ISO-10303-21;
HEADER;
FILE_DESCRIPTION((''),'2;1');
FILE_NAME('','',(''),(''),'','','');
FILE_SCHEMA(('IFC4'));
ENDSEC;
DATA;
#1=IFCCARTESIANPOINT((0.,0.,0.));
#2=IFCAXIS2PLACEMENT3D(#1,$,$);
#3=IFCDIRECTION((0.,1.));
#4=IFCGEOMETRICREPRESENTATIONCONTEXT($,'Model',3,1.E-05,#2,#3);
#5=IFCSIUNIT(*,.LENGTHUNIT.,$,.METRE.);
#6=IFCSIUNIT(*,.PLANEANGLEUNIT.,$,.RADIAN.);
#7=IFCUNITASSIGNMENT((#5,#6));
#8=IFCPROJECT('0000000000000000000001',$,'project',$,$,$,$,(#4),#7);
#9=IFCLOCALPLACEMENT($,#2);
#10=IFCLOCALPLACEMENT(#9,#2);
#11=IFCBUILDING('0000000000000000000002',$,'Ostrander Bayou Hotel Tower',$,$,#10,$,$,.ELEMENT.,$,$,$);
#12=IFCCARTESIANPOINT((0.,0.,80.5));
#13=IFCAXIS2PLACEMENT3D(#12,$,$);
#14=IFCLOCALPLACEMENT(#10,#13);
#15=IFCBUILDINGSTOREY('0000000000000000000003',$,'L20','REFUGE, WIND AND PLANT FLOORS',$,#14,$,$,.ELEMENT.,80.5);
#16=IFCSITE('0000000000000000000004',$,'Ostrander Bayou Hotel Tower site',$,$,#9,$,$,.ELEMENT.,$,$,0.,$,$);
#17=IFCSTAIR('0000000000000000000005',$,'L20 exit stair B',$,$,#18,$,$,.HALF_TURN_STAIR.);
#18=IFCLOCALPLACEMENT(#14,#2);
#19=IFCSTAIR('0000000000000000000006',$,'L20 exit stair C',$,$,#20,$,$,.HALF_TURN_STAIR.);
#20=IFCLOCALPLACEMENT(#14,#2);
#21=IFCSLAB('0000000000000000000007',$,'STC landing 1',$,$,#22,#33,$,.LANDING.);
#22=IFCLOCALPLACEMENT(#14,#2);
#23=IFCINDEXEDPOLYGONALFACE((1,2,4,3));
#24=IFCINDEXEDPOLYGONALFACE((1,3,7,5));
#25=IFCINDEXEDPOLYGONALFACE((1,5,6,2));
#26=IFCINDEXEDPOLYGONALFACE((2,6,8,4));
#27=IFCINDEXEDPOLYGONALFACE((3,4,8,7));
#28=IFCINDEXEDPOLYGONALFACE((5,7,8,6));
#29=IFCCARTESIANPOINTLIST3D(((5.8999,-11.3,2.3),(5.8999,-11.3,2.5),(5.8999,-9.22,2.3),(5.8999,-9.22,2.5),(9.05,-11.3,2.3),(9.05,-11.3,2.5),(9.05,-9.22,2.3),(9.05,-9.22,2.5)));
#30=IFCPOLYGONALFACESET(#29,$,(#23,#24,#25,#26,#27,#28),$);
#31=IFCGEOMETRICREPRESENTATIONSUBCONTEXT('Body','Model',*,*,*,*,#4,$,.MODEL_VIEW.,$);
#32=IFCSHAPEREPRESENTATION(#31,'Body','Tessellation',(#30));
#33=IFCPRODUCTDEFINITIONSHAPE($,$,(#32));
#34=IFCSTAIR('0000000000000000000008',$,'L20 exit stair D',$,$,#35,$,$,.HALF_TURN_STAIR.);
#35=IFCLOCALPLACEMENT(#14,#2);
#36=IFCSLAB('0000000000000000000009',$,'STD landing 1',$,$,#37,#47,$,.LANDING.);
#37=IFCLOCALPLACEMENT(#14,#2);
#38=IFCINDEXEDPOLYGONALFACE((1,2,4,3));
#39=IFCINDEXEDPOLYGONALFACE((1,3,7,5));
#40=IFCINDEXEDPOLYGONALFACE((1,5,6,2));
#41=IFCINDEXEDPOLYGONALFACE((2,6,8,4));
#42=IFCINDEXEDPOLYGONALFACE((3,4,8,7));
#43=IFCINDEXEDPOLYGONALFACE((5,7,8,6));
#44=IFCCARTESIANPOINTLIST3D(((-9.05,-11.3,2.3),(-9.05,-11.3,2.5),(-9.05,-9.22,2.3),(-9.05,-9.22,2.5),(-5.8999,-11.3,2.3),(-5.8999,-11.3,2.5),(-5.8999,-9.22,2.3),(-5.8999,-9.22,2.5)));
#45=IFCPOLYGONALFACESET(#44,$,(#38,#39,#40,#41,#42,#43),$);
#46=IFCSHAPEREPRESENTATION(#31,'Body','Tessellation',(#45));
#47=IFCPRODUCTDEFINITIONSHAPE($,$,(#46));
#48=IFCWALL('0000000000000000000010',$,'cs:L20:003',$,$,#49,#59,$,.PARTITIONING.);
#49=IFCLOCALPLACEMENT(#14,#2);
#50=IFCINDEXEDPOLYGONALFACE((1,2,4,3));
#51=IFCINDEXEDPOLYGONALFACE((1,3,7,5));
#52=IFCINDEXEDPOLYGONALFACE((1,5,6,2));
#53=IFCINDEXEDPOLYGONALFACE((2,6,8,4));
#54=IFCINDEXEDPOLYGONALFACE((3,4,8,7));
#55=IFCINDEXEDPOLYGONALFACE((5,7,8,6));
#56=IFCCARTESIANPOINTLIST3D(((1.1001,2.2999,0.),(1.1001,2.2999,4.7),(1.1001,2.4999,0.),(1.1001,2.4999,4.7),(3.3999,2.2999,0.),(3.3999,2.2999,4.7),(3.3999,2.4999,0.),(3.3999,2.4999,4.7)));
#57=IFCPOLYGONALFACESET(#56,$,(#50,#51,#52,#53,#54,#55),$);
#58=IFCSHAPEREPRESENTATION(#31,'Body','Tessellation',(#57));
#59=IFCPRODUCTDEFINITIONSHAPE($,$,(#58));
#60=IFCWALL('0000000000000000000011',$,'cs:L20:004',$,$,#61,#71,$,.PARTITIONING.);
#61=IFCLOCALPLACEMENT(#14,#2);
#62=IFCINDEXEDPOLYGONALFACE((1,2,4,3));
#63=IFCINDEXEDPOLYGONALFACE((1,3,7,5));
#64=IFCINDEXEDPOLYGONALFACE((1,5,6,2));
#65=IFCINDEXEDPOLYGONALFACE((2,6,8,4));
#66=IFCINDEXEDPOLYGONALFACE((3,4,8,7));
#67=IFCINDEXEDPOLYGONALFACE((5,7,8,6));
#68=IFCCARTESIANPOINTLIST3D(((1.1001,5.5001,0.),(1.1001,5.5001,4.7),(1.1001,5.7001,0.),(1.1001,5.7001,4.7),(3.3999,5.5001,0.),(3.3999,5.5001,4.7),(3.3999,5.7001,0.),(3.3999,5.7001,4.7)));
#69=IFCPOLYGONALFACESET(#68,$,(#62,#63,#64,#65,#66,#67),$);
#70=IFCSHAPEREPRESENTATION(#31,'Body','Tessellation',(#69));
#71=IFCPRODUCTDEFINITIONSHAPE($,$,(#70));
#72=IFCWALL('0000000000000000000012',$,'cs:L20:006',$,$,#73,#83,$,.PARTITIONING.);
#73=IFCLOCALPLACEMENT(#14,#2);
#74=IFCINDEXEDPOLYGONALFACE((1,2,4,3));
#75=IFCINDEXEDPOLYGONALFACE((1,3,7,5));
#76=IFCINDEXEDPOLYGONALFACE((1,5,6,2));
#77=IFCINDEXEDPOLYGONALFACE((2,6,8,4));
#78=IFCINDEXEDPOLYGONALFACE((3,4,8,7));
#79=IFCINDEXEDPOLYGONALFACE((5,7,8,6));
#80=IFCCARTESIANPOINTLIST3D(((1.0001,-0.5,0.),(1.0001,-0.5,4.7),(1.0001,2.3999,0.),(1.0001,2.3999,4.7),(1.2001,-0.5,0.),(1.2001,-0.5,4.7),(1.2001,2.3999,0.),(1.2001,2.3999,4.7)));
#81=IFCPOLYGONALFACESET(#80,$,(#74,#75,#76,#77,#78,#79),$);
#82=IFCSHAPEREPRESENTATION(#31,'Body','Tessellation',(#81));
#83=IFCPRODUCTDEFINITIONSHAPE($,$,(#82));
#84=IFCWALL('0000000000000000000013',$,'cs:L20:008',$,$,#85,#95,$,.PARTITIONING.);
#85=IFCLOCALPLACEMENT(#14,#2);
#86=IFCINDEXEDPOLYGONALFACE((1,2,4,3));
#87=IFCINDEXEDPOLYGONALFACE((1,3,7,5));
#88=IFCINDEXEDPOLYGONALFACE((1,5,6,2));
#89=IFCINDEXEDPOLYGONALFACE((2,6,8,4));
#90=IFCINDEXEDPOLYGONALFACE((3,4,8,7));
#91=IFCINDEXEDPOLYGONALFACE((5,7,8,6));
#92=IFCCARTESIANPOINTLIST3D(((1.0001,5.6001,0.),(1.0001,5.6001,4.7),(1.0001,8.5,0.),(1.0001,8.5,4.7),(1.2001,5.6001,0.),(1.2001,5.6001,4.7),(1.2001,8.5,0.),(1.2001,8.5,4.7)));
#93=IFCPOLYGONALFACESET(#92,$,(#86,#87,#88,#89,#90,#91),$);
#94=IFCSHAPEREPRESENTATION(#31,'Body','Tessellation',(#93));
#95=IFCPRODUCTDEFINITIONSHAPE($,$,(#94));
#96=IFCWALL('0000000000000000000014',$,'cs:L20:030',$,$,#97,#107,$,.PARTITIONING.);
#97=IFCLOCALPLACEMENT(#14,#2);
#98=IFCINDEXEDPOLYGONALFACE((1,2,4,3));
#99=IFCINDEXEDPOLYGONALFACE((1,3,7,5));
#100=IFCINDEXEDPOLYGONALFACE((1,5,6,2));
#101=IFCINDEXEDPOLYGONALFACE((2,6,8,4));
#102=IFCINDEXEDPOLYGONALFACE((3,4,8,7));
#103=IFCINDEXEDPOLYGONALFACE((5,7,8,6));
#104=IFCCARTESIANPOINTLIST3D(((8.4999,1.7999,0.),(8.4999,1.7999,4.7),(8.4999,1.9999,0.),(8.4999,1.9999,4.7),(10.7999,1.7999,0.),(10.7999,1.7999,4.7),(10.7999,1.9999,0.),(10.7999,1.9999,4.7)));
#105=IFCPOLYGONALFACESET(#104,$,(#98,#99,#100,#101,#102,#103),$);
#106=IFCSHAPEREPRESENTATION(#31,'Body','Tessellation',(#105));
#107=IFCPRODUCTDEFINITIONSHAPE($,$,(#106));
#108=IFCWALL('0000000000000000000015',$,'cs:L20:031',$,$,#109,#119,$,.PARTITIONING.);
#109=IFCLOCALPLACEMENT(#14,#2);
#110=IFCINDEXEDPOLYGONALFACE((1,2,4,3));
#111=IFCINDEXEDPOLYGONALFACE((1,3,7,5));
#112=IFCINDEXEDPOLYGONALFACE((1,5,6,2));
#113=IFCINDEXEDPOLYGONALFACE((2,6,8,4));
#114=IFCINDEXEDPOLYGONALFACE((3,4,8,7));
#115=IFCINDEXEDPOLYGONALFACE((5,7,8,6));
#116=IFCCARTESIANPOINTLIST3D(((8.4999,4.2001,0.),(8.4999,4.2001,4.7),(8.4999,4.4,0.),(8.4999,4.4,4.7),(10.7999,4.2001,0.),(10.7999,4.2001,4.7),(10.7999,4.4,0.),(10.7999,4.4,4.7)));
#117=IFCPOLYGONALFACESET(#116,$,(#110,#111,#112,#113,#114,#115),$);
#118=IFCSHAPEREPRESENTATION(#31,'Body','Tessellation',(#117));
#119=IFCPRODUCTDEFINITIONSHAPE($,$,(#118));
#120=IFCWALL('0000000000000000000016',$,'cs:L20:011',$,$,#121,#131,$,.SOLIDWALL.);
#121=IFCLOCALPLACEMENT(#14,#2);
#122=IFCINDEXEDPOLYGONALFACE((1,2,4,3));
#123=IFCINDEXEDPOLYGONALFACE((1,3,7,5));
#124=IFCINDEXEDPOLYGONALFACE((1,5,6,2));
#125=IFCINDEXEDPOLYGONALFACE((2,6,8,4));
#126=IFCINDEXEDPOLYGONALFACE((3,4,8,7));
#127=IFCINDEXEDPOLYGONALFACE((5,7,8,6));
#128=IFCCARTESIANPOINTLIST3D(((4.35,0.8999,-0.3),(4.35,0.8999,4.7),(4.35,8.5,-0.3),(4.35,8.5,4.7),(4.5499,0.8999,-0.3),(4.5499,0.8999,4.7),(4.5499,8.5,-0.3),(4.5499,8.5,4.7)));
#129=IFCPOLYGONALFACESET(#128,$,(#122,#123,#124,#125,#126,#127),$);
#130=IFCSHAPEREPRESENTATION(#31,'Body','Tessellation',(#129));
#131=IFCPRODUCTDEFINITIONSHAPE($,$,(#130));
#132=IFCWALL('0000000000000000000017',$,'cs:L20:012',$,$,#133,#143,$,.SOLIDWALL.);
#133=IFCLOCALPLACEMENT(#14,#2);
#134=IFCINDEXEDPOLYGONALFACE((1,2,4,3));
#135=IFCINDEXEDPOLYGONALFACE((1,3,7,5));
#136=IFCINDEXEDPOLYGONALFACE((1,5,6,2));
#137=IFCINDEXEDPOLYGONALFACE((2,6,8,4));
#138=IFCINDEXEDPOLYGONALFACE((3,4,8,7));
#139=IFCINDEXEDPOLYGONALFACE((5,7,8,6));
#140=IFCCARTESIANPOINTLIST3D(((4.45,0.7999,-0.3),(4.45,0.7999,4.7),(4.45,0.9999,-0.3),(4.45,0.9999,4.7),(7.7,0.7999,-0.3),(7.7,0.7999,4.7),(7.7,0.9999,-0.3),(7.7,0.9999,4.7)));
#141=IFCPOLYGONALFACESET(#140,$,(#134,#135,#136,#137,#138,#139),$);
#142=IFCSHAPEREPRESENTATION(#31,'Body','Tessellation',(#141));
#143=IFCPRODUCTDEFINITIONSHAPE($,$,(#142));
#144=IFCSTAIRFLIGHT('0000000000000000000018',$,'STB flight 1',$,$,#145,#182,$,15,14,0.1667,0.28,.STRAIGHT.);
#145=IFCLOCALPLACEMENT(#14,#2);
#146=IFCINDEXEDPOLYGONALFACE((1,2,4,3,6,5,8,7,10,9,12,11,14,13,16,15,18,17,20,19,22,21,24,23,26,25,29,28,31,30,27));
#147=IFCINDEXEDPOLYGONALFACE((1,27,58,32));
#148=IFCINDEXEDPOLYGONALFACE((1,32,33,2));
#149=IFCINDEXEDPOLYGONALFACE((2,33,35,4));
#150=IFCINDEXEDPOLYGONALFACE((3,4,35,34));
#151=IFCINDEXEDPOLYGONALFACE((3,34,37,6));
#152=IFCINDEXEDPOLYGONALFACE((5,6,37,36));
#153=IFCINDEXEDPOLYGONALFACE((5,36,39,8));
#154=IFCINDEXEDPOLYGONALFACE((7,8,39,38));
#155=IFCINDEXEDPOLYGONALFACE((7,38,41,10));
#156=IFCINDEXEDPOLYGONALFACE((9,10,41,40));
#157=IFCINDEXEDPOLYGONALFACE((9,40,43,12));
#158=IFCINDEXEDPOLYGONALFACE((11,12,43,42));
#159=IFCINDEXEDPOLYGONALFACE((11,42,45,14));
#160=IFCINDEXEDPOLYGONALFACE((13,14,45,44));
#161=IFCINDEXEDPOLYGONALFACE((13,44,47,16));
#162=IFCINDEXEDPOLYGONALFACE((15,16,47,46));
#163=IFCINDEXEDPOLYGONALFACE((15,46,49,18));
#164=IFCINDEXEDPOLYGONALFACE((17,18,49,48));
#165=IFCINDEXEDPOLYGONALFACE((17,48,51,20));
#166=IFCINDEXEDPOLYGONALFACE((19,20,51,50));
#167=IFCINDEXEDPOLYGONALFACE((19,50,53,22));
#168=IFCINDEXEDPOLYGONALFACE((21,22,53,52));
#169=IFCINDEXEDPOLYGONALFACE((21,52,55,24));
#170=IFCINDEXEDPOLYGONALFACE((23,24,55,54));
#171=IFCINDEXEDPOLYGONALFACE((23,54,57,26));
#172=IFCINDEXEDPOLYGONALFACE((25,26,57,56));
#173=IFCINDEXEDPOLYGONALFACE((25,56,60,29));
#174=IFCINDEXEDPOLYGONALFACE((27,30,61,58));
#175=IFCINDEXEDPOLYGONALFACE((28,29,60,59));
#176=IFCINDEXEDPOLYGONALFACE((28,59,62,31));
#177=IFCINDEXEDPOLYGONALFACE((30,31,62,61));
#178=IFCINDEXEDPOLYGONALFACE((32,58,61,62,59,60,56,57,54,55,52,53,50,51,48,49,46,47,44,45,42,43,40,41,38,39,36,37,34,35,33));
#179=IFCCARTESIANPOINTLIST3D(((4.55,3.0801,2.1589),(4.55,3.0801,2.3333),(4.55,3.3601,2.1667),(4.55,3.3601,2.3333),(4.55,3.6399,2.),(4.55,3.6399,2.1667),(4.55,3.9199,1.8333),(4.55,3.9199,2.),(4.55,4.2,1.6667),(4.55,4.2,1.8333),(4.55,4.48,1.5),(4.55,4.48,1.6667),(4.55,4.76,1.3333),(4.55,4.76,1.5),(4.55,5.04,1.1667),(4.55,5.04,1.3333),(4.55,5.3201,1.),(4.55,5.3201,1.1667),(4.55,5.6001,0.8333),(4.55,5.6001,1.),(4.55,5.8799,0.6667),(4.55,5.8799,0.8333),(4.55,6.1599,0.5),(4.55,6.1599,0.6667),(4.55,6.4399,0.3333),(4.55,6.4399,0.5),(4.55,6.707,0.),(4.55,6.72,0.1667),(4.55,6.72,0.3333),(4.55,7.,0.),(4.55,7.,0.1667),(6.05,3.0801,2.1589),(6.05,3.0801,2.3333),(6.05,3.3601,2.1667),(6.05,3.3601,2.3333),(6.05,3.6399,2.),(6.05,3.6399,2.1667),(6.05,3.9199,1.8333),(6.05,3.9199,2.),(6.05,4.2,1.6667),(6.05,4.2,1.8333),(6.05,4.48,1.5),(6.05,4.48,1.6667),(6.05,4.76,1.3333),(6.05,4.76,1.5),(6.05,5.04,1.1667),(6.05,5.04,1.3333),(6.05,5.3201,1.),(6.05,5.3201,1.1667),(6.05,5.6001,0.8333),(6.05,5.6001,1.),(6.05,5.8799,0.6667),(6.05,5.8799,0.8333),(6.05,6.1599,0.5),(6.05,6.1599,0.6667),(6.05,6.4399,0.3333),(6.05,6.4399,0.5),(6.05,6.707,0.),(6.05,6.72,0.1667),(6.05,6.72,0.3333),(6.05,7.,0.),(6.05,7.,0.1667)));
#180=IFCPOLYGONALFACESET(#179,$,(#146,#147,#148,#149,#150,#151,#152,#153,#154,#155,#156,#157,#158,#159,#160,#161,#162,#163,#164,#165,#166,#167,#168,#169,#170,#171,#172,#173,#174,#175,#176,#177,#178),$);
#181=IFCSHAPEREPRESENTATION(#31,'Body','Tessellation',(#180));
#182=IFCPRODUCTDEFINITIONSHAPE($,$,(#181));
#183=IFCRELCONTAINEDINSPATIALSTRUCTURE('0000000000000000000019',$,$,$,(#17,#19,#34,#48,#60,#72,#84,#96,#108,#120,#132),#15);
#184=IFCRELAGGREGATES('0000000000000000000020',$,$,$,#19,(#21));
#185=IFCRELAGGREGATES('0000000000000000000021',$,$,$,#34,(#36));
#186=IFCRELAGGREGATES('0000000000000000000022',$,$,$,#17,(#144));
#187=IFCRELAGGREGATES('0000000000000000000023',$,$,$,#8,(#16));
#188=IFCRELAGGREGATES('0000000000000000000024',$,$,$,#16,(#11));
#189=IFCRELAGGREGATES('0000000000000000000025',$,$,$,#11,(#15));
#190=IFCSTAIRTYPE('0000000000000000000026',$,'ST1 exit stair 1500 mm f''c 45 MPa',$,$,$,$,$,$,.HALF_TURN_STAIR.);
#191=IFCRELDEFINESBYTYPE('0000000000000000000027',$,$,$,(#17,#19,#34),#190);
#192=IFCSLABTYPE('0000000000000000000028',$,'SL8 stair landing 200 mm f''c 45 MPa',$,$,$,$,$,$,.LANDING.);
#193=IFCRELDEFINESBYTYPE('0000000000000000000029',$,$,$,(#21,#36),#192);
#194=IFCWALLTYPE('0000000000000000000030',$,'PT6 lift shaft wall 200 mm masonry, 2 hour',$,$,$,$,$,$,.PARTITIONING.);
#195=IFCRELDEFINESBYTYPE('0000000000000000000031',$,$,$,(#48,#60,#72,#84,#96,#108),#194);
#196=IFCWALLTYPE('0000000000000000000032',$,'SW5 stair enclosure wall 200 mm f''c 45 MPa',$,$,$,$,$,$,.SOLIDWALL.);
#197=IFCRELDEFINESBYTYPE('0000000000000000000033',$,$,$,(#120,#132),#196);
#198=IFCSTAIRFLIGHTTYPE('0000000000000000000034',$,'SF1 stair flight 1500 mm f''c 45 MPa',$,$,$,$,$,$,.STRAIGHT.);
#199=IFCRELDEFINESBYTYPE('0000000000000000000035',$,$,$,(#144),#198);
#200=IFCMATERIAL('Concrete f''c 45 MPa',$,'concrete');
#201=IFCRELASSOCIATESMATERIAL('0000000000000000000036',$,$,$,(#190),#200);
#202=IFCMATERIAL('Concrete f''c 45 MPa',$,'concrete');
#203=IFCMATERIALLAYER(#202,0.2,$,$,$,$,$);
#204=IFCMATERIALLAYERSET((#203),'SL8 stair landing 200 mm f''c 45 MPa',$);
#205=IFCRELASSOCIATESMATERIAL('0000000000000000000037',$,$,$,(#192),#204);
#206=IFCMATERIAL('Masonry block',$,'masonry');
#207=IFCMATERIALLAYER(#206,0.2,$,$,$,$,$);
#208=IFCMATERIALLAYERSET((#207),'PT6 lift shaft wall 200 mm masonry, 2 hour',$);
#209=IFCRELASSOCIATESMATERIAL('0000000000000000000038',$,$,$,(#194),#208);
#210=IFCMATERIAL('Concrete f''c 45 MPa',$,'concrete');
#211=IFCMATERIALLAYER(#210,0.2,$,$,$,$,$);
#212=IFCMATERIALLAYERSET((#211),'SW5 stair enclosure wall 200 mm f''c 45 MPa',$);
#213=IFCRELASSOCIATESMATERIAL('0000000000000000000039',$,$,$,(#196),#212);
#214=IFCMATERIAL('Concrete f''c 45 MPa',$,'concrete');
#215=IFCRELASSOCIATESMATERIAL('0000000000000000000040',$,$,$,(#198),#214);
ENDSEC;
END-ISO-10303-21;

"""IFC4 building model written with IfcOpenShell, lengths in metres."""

from ifc_helpers import new_model, si_unit, direction, frame, frame_2d, origin, place, context, subcontext, project, spatial, polyline, rectangle, outline, extrude, material, layer, layer_set, type_object, element, aggregate, save


model = new_model("IFC4")

# Units and contexts
model_context = context("Model", 3, precision=1e-05, world=origin(), true_north=direction((0.0, 1.0)))
body_context = subcontext(model_context, "Body", "Model", "MODEL_VIEW")
ifc_project = project(units=[si_unit("LENGTHUNIT", "METRE"), si_unit("PLANEANGLEUNIT", "RADIAN")], contexts=[model_context])

# Site, building, storey
site_placement = place(None, origin())
site = spatial("IfcSite", under=ifc_project, at=site_placement, Name="Ostrander Bayou Hotel Tower site", CompositionType="ELEMENT", RefElevation=0.0)
building_placement = place(site_placement, origin())
building = spatial("IfcBuilding", under=site, at=building_placement, Name="Ostrander Bayou Hotel Tower", CompositionType="ELEMENT")
storey_placement = place(building_placement, frame((0.0, 0.0, 80.5)))
storey = spatial("IfcBuildingStorey", under=building, at=storey_placement, Name="L20", Description="REFUGE, WIND AND PLANT FLOORS", CompositionType="ELEMENT", Elevation=80.5)

# Stairs, slabs
ifc_material_1 = material(Name="Concrete f'c 45 MPa", Category="concrete")
stair_type = type_object("IfcStairType", Name="ST1 exit stair 1500 mm f'c 45 MPa", PredefinedType="HALF_TURN_STAIR", material=ifc_material_1)
ifc_material_2 = material(Name="Concrete f'c 45 MPa", Category="concrete")
ifc_layer_1 = layer(ifc_material_2, 0.2)
ifc_layer_set_1 = layer_set([ifc_layer_1], Name="SL8 stair landing 200 mm f'c 45 MPa")
slab_type_1 = type_object("IfcSlabType", Name="SL8 stair landing 200 mm f'c 45 MPa", PredefinedType="LANDING", material=ifc_layer_set_1)
stair_1_placement = place(storey_placement, origin())
stair_1 = element("IfcStair", 1, at=stair_1_placement, inside=storey, type_object=stair_type, Name="L20 exit stair B", PredefinedType="HALF_TURN_STAIR")
stair_2_placement = place(storey_placement, origin())
stair_2 = element("IfcStair", 2, at=stair_2_placement, inside=storey, type_object=stair_type, Name="L20 exit stair C", PredefinedType="HALF_TURN_STAIR")
slab_1_placement = place(storey_placement, frame((0.0, 0.0, 2.3)))
slab_1 = element("IfcSlab", 3, at=slab_1_placement, type_object=slab_type_1, Name="STC landing 1", PredefinedType="LANDING", context=body_context, shape_type="SweptSolid", body=[
    extrude(outline(polyline([(5.8999, -9.22), (5.8999, -11.3), (9.05, -11.3), (9.05, -9.22), (5.8999, -9.22)])), origin(), (0.0, 0.0, 1.0), 0.2),
])
aggregate(stair_2, [slab_1])
stair_3_placement = place(storey_placement, origin())
stair_3 = element("IfcStair", 4, at=stair_3_placement, inside=storey, type_object=stair_type, Name="L20 exit stair D", PredefinedType="HALF_TURN_STAIR")
slab_2_placement = place(storey_placement, frame((0.0, 0.0, 2.3)))
slab_2 = element("IfcSlab", 5, at=slab_2_placement, type_object=slab_type_1, Name="STD landing 1", PredefinedType="LANDING", context=body_context, shape_type="SweptSolid", body=[
    extrude(outline(polyline([(-9.05, -9.22), (-9.05, -11.3), (-5.8999, -11.3), (-5.8999, -9.22), (-9.05, -9.22)])), origin(), (0.0, 0.0, 1.0), 0.2),
])
aggregate(stair_3, [slab_2])

# Walls
ifc_material_3 = material(Name="Masonry block", Category="masonry")
ifc_layer_2 = layer(ifc_material_3, 0.2)
ifc_layer_set_2 = layer_set([ifc_layer_2], Name="PT6 lift shaft wall 200 mm masonry, 2 hour")
wall_type_1 = type_object("IfcWallType", Name="PT6 lift shaft wall 200 mm masonry, 2 hour", PredefinedType="PARTITIONING", material=ifc_layer_set_2)
for number, where, z_axis, x_axis, name in (
    (6, (1.1001, 2.3999, 0.0), (0.0, 0.0, 1.0), (1.0, 0.0, 0.0), "cs:L20:003"),
    (7, (1.1001, 5.6001, 0.0), (0.0, 0.0, 1.0), (1.0, 0.0, 0.0), "cs:L20:004"),
):
    element("IfcWall", number, at=place(storey_placement, frame(where, z_axis=z_axis, x_axis=x_axis)), inside=storey, type_object=wall_type_1, Name=name, PredefinedType="PARTITIONING", context=body_context, shape_type="SweptSolid", body=[
        extrude(rectangle(XDim=2.2998, YDim=0.2, at=frame_2d((1.1499, 0.0))), origin(), (0.0, 0.0, 1.0), 4.7),
    ])
for number, where, z_axis, x_axis, name in (
    (8, (1.1001, -0.5, 0.0), (0.0, 0.0, 1.0), (0.0, 1.0, 0.0), "cs:L20:006"),
    (9, (1.1001, 5.6001, 0.0), (0.0, 0.0, 1.0), (0.0, 1.0, 0.0), "cs:L20:008"),
):
    element("IfcWall", number, at=place(storey_placement, frame(where, z_axis=z_axis, x_axis=x_axis)), inside=storey, type_object=wall_type_1, Name=name, PredefinedType="PARTITIONING", context=body_context, shape_type="SweptSolid", body=[
        extrude(rectangle(XDim=2.8999, YDim=0.2, at=frame_2d((1.45, 0.0))), origin(), (0.0, 0.0, 1.0), 4.7),
    ])
for number, where, z_axis, x_axis, name in (
    (10, (8.5, 1.8999, 0.0), (0.0, 0.0, 1.0), (1.0, 0.0, 0.0), "cs:L20:030"),
    (11, (8.5, 4.3, 0.0), (0.0, 0.0, 1.0), (1.0, 0.0, 0.0), "cs:L20:031"),
):
    element("IfcWall", number, at=place(storey_placement, frame(where, z_axis=z_axis, x_axis=x_axis)), inside=storey, type_object=wall_type_1, Name=name, PredefinedType="PARTITIONING", context=body_context, shape_type="SweptSolid", body=[
        extrude(rectangle(XDim=2.3, YDim=0.2, at=frame_2d((1.1499, 0.0))), origin(), (0.0, 0.0, 1.0), 4.7),
    ])
ifc_material_4 = material(Name="Concrete f'c 45 MPa", Category="concrete")
ifc_layer_3 = layer(ifc_material_4, 0.2)
ifc_layer_set_3 = layer_set([ifc_layer_3], Name="SW5 stair enclosure wall 200 mm f'c 45 MPa")
wall_type_2 = type_object("IfcWallType", Name="SW5 stair enclosure wall 200 mm f'c 45 MPa", PredefinedType="SOLIDWALL", material=ifc_layer_set_3)
wall_1_placement = place(storey_placement, frame((4.45, 0.8999, -0.3), z_axis=(0.0, 0.0, 1.0), x_axis=(0.0, 1.0, 0.0)))
element("IfcWall", 12, at=wall_1_placement, inside=storey, type_object=wall_type_2, Name="cs:L20:011", PredefinedType="SOLIDWALL", context=body_context, shape_type="SweptSolid", body=[
    extrude(rectangle(XDim=7.6001, YDim=0.2, at=frame_2d((3.8, 0.0))), origin(), (0.0, 0.0, 1.0), 5.0),
])
wall_2_placement = place(storey_placement, frame((4.45, 0.8999, -0.3), z_axis=(0.0, 0.0, 1.0), x_axis=(1.0, 0.0, 0.0)))
element("IfcWall", 13, at=wall_2_placement, inside=storey, type_object=wall_type_2, Name="cs:L20:012", PredefinedType="SOLIDWALL", context=body_context, shape_type="SweptSolid", body=[
    extrude(rectangle(XDim=3.25, YDim=0.2, at=frame_2d((1.625, 0.0))), origin(), (0.0, 0.0, 1.0), 5.0),
])

# Stair flight
ifc_material_5 = material(Name="Concrete f'c 45 MPa", Category="concrete")
stair_flight_type = type_object("IfcStairFlightType", Name="SF1 stair flight 1500 mm f'c 45 MPa", PredefinedType="STRAIGHT", material=ifc_material_5)
stair_flight_1_placement = place(storey_placement, frame((5.3, 7.0, 0.0), z_axis=(0.0, 0.0, 1.0), x_axis=(0.0, -1.0, 0.0)))
stair_flight_1 = element("IfcStairFlight", 14, at=stair_flight_1_placement, type_object=stair_flight_type, Name="STB flight 1", NumberOfRisers=15, NumberOfTreads=14, PredefinedType="STRAIGHT", RiserHeight=0.1667, TreadLength=0.28, context=body_context, shape_type="SweptSolid", body=[
    extrude(outline(polyline([(0.0, 0.0), (0.0, 0.1667), (0.28, 0.1667), (0.28, 0.3333), (0.5601, 0.3333), (0.5601, 0.5), (0.8401, 0.5), (0.8401, 0.6667), (1.1201, 0.6667), (1.1201, 0.8333), (1.3999, 0.8333), (1.3999, 1.0), (1.6799, 1.0), (1.6799, 1.1667), (1.96, 1.1667), (1.96, 1.3333), (2.24, 1.3333), (2.24, 1.5), (2.52, 1.5), (2.52, 1.6667), (2.8, 1.6667), (2.8, 1.8333), (3.0801, 1.8333), (3.0801, 2.0), (3.3601, 2.0), (3.3601, 2.1667), (3.6399, 2.1667), (3.6399, 2.3333), (3.9199, 2.3333), (3.9199, 2.5), (3.9199, 2.1589), (0.293, 0.0), (0.0, 0.0)])), frame((0.0, 0.75, 0.0), z_axis=(0.0, -1.0, 0.0), x_axis=(1.0, 0.0, 0.0)), (0.0, 0.0, 1.0), 1.5),
])
aggregate(stair_1, [stair_flight_1])

save(model, "model.ifc")
